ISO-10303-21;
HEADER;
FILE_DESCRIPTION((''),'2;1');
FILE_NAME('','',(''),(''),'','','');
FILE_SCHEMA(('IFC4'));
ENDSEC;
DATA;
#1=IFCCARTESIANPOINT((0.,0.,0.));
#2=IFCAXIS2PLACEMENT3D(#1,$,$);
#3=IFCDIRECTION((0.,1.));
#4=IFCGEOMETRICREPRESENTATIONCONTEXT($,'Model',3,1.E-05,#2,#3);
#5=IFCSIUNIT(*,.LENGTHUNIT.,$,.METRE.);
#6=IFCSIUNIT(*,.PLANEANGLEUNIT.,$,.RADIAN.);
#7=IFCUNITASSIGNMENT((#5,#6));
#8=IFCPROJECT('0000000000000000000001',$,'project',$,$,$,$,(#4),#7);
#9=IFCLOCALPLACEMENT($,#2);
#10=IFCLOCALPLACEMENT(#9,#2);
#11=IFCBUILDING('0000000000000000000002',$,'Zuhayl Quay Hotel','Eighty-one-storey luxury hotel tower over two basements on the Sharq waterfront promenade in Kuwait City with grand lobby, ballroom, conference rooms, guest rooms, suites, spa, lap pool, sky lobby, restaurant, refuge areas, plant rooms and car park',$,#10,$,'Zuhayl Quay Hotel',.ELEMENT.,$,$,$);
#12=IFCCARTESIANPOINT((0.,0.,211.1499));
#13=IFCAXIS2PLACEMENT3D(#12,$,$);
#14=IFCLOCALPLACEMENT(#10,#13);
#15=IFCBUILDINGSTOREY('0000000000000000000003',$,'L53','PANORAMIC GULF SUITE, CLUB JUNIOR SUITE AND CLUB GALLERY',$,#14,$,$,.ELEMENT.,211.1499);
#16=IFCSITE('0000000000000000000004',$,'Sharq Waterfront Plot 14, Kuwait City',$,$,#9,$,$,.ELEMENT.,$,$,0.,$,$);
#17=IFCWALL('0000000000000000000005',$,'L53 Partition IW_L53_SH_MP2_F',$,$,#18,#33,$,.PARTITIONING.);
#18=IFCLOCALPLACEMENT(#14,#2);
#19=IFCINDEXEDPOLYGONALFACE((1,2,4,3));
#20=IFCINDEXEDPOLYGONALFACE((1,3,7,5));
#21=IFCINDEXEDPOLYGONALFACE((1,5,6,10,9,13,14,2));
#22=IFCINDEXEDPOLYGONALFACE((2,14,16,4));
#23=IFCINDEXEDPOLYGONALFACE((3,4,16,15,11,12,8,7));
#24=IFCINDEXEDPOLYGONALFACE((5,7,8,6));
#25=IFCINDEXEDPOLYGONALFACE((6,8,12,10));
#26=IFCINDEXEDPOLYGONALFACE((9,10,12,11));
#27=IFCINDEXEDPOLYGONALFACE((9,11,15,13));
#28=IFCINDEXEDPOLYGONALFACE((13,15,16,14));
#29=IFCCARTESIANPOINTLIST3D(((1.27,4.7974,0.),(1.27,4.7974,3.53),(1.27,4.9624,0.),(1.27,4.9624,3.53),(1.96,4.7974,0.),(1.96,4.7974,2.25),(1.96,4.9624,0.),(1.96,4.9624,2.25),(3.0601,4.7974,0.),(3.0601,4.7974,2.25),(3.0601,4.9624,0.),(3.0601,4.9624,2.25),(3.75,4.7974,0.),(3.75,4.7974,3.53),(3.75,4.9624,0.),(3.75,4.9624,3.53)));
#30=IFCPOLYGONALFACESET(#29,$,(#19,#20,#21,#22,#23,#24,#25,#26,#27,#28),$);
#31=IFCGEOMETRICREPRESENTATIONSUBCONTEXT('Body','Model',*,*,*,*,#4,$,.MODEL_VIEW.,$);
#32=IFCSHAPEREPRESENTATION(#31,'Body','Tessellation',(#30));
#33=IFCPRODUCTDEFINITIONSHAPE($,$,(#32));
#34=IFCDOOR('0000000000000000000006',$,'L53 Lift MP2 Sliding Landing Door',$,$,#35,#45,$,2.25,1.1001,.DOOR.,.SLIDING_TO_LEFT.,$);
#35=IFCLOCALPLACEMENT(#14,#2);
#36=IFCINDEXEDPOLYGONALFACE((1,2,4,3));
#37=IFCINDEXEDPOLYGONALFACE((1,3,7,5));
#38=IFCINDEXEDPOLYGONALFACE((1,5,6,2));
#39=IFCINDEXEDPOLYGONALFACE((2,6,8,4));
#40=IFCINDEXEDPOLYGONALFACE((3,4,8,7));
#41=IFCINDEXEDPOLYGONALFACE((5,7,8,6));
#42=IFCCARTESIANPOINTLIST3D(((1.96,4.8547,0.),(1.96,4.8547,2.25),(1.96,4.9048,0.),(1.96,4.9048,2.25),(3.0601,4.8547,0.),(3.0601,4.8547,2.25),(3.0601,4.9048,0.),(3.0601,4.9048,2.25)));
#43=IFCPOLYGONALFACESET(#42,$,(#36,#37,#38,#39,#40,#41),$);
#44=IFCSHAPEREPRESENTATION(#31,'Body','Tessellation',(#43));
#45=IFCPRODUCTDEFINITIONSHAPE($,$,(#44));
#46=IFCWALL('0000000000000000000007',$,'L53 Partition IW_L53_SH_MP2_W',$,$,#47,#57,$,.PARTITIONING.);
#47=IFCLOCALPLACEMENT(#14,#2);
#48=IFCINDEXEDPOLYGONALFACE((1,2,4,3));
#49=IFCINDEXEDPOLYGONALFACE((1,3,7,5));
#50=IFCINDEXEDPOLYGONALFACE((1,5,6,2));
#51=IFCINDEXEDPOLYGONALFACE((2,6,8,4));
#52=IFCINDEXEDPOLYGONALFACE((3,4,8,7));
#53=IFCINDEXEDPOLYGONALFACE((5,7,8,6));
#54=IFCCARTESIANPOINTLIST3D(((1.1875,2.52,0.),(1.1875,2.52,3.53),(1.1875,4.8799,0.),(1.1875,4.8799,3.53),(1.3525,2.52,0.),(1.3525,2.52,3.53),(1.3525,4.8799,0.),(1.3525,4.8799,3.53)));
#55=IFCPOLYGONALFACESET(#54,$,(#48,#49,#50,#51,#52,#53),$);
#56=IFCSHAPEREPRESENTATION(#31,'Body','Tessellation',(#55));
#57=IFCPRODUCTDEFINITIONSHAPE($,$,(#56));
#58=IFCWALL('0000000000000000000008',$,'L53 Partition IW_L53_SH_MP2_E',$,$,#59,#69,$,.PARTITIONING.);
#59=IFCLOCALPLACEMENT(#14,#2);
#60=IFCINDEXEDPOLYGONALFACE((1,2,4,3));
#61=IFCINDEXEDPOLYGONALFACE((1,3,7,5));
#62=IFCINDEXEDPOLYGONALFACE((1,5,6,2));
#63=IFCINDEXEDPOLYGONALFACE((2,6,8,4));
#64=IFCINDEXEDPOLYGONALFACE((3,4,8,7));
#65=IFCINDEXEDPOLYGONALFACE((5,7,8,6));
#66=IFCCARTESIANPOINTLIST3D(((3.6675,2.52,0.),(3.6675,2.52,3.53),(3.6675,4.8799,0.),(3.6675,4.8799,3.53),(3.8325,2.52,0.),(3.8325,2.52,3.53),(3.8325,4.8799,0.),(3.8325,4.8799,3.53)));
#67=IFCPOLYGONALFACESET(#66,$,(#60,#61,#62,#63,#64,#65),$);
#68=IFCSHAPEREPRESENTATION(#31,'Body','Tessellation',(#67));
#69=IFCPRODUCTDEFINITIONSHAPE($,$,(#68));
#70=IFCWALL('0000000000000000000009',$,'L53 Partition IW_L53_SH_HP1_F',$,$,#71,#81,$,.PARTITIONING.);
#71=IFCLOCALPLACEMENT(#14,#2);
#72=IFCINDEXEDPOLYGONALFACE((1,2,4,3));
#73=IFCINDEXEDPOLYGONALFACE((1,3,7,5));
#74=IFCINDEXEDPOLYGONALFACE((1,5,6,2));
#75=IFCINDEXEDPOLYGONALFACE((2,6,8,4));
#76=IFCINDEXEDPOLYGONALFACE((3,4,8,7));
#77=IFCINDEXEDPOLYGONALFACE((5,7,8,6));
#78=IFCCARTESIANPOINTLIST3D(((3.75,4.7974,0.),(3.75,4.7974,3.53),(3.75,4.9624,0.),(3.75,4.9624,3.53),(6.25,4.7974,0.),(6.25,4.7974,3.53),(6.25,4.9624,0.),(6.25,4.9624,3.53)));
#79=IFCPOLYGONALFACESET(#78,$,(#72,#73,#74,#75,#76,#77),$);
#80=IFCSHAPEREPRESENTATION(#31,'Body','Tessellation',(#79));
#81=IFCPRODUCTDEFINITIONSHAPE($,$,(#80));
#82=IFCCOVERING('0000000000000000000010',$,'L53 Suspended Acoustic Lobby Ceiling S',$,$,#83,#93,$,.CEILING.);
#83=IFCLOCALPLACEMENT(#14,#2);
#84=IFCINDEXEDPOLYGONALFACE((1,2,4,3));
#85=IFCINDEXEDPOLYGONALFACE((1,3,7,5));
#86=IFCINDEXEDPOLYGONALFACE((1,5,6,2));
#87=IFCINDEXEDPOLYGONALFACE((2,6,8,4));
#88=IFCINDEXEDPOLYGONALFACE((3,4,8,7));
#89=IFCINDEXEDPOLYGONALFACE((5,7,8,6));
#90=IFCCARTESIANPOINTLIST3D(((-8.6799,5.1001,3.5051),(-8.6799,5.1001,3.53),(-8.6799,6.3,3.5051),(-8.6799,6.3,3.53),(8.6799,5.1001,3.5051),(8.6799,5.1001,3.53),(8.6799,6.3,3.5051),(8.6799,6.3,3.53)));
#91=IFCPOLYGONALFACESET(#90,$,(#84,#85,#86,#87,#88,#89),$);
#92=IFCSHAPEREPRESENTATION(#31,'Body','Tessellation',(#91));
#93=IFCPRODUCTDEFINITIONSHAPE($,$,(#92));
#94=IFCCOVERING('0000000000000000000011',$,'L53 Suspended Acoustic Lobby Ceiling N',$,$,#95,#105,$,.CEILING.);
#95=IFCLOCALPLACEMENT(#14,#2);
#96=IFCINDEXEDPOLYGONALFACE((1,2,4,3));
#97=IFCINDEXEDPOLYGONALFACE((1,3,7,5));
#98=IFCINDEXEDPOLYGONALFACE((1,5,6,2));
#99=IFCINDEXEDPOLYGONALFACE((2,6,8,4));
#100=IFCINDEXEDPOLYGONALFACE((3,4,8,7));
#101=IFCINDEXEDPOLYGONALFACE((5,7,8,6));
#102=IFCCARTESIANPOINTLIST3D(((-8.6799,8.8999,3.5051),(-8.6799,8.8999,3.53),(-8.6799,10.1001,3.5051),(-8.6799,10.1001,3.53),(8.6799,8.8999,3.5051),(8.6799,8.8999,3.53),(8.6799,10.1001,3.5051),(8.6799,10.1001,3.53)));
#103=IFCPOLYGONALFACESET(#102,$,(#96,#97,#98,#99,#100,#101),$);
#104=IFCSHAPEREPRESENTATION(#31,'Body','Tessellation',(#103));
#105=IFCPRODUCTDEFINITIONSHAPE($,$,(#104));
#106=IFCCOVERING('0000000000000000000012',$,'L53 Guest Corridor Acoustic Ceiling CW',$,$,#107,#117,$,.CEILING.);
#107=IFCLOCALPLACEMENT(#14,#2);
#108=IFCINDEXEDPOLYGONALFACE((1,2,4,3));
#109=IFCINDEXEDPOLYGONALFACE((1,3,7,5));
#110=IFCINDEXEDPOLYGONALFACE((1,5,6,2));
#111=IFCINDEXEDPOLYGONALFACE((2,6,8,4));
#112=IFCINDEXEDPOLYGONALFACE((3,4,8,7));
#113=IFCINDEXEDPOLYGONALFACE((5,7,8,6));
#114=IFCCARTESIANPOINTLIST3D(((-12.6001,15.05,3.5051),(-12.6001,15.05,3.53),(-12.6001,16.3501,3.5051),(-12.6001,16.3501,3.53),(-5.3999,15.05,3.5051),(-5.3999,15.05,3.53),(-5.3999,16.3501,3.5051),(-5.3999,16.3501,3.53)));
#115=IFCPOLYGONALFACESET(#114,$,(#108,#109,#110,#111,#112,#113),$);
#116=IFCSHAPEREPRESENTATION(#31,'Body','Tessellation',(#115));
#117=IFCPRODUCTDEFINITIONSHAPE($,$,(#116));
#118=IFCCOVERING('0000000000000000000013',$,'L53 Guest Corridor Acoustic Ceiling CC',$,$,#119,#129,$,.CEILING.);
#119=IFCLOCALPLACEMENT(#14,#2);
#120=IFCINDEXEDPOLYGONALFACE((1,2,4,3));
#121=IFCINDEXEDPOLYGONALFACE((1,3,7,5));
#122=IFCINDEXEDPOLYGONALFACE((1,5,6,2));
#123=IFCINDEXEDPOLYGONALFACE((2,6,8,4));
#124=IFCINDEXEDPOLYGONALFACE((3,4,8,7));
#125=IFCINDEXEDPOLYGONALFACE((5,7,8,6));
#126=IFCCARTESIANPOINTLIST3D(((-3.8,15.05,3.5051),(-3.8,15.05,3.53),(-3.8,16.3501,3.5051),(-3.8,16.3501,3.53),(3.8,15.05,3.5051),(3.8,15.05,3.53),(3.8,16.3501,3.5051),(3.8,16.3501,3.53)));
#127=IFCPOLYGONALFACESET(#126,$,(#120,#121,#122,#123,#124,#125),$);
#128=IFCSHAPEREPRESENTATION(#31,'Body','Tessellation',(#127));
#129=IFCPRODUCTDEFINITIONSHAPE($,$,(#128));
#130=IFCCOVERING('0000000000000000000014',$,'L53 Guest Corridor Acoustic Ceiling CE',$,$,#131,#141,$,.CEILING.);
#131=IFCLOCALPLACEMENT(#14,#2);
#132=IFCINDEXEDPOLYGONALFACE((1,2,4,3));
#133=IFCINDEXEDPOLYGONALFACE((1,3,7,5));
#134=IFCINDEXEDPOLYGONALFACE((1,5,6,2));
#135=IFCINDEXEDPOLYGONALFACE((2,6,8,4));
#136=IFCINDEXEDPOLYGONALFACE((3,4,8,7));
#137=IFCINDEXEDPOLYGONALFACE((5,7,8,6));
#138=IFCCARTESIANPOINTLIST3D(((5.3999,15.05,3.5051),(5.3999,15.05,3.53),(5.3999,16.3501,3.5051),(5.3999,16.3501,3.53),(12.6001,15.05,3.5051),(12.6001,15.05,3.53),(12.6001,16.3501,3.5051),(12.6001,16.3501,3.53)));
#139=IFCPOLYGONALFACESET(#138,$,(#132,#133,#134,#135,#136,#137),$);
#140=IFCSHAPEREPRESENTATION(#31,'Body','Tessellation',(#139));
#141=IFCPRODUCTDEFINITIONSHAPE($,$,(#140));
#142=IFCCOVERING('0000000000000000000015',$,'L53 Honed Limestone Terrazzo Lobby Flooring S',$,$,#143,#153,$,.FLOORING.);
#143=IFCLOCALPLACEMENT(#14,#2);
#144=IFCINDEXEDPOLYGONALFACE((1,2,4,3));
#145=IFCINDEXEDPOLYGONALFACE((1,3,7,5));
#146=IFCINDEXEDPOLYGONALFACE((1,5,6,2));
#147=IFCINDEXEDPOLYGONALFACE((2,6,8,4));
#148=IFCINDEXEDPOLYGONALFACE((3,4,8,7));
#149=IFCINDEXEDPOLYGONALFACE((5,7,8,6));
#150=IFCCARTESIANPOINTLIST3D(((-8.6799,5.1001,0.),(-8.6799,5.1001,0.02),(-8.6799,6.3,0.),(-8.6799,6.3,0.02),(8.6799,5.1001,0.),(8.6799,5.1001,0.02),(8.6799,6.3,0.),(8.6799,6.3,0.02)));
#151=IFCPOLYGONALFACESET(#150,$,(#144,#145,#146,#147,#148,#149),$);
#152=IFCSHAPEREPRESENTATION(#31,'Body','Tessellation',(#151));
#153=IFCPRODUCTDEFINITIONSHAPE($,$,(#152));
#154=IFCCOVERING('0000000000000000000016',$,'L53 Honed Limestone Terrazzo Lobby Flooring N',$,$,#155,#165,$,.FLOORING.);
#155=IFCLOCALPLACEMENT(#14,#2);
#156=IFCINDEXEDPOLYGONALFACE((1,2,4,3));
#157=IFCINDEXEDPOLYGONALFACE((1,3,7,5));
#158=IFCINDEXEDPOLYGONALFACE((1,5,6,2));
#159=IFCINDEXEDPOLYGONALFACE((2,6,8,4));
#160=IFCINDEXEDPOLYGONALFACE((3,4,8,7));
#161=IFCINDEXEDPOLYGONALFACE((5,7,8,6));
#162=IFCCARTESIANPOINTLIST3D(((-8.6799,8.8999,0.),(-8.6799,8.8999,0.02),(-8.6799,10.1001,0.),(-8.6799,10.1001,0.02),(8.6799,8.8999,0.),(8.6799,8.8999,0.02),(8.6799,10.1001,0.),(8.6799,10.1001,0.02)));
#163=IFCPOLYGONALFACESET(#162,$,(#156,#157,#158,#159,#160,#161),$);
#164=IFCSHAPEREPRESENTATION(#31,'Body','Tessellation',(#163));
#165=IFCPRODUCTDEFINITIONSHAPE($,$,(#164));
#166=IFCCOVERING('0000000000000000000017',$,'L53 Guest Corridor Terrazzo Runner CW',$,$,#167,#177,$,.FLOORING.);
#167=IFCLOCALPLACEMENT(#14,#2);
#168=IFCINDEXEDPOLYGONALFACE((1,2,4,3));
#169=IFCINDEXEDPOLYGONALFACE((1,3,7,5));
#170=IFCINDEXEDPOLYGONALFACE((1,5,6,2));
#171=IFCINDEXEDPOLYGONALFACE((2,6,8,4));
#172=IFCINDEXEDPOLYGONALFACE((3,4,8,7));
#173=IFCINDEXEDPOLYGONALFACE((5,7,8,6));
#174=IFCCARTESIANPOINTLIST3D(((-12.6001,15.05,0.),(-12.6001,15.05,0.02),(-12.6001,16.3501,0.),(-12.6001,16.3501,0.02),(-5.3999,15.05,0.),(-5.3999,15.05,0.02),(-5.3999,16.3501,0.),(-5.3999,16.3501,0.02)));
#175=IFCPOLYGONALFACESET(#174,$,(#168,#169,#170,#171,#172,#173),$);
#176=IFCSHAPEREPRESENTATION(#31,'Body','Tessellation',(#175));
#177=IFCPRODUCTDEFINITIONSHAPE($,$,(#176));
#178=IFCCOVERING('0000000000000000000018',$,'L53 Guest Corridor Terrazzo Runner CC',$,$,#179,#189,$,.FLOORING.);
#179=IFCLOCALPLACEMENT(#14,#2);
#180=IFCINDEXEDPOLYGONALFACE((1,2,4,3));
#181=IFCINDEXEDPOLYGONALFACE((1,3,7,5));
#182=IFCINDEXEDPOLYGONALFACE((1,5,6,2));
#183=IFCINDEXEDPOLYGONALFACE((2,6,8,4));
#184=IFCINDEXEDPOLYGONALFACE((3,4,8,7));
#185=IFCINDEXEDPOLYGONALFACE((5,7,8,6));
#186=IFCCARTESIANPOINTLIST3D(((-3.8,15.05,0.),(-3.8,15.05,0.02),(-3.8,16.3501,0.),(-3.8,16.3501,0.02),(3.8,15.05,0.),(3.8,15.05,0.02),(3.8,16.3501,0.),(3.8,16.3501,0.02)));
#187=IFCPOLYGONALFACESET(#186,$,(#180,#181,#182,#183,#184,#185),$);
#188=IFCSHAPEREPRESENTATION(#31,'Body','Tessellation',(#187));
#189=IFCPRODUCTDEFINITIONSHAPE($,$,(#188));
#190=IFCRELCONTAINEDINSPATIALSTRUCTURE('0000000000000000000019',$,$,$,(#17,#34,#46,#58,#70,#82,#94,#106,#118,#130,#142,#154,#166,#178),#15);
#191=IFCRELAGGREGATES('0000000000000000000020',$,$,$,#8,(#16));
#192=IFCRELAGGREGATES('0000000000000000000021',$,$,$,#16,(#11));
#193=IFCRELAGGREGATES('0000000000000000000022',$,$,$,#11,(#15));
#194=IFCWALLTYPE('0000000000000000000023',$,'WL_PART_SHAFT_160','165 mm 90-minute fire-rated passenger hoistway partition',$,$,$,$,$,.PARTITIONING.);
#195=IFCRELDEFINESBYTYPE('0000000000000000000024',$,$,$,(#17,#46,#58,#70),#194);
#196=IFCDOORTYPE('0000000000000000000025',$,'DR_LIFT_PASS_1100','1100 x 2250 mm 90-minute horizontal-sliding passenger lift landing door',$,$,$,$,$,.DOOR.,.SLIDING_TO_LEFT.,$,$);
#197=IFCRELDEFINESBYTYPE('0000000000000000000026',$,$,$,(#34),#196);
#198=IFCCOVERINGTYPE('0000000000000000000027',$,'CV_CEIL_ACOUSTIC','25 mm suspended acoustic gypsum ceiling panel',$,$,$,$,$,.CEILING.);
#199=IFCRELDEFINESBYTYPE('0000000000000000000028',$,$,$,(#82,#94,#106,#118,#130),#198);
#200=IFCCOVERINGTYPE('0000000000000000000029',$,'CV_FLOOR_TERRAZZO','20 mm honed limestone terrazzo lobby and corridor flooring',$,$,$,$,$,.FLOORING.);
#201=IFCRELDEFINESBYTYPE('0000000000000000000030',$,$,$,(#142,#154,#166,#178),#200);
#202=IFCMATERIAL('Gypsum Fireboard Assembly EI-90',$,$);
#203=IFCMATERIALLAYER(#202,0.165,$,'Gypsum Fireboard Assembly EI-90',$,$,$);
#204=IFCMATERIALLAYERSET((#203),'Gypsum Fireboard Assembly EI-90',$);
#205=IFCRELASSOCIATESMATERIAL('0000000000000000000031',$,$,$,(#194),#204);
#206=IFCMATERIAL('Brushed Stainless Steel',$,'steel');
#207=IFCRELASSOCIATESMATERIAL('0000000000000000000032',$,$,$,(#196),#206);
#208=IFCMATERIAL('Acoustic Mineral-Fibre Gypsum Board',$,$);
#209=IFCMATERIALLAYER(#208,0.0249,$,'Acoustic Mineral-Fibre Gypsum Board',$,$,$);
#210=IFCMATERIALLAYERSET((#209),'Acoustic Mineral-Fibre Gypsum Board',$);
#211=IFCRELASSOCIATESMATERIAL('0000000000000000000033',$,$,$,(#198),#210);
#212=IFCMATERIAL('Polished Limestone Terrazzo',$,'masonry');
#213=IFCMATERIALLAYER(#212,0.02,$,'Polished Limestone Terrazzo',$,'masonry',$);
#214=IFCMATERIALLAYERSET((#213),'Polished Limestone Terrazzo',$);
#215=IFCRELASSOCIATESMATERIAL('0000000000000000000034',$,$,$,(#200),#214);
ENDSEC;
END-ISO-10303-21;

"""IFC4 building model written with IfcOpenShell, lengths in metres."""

from ifc_helpers import new_model, si_unit, direction, frame, frame_2d, origin, place, context, subcontext, project, spatial, polyline, rectangle, outline, extrude, material, layer, layer_set, type_object, element, fill, save


model = new_model("IFC4")

# Units and contexts
model_context = context("Model", 3, precision=1e-05, world=origin(), true_north=direction((0.0, 1.0)))
body_context = subcontext(model_context, "Body", "Model", "MODEL_VIEW")
ifc_project = project(units=[si_unit("LENGTHUNIT", "METRE"), si_unit("PLANEANGLEUNIT", "RADIAN")], contexts=[model_context])

# Site, building, storey
site_placement = place(None, origin())
site = spatial("IfcSite", under=ifc_project, at=site_placement, Name="Sharq Waterfront Plot 14, Kuwait City", CompositionType="ELEMENT", RefElevation=0.0)
building_placement = place(site_placement, origin())
building = spatial("IfcBuilding", under=site, at=building_placement, Name="Zuhayl Quay Hotel", Description="Eighty-one-storey luxury hotel tower over two basements on the Sharq waterfront promenade in Kuwait City with grand lobby, ballroom, conference rooms, guest rooms, suites, spa, lap pool, sky lobby, restaurant, refuge areas, plant rooms and car park", LongName="Zuhayl Quay Hotel", CompositionType="ELEMENT")
storey_placement = place(building_placement, frame((0.0, 0.0, 211.1499)))
storey = spatial("IfcBuildingStorey", under=building, at=storey_placement, Name="L53", Description="PANORAMIC GULF SUITE, CLUB JUNIOR SUITE AND CLUB GALLERY", CompositionType="ELEMENT", Elevation=211.1499)

# Wall, opening, door
ifc_material_1 = material(Name="Gypsum Fireboard Assembly EI-90")
ifc_layer_1 = layer(ifc_material_1, 0.165, Name="Gypsum Fireboard Assembly EI-90")
ifc_layer_set_1 = layer_set([ifc_layer_1], Name="Gypsum Fireboard Assembly EI-90")
wall_type_1 = type_object("IfcWallType", Name="WL_PART_SHAFT_160", Description="165 mm 90-minute fire-rated passenger hoistway partition", PredefinedType="PARTITIONING", material=ifc_layer_set_1)
wall_1_placement = place(storey_placement, frame((1.27, 4.8799, 0.0), z_axis=(0.0, 0.0, 1.0), x_axis=(1.0, 0.0, 0.0)))
wall_1 = element("IfcWall", 1, at=wall_1_placement, inside=storey, type_object=wall_type_1, Name="L53 Partition IW_L53_SH_MP2_F", PredefinedType="PARTITIONING", context=body_context, shape_type="SweptSolid", body=[
    extrude(rectangle(XDim=2.48, YDim=0.165, at=frame_2d((1.24, 0.0))), origin(), (0.0, 0.0, 1.0), 3.53),
])
opening_1_placement = place(wall_1_placement, frame((0.6899, 0.0, 0.0)))
opening_1 = element("IfcOpeningElement", 2, at=opening_1_placement, cuts=wall_1, PredefinedType="OPENING", context=body_context, shape_type="SweptSolid", body=[
    extrude(rectangle(XDim=1.1001, YDim=2.25, at=frame_2d((0.55, 1.125))), frame((0.0, 0.0925, 0.0), z_axis=(0.0, -1.0, 0.0), x_axis=(1.0, 0.0, 0.0)), (0.0, 0.0, 1.0), 0.1851),
])
ifc_material_2 = material(Name="Brushed Stainless Steel", Category="steel")
door_type_1 = type_object("IfcDoorType", Name="DR_LIFT_PASS_1100", Description="1100 x 2250 mm 90-minute horizontal-sliding passenger lift landing door", OperationType="SLIDING_TO_LEFT", PredefinedType="DOOR", material=ifc_material_2)
door_1_placement = place(opening_1_placement, origin())
door_1 = element("IfcDoor", 3, at=door_1_placement, inside=storey, type_object=door_type_1, Name="L53 Lift MP2 Sliding Landing Door", OperationType="SLIDING_TO_LEFT", OverallHeight=2.25, OverallWidth=1.1001, PredefinedType="DOOR", context=body_context, shape_type="SweptSolid", body=[
    extrude(rectangle(XDim=1.1001, YDim=2.25, at=frame_2d((0.55, 1.125))), frame((0.0, 0.0249, 0.0), z_axis=(0.0, -1.0, 0.0), x_axis=(1.0, 0.0, 0.0)), (0.0, 0.0, 1.0), 0.05),
])
fill(opening_1, door_1)

# Walls
for number, where, z_axis, x_axis, name in (
    (4, (1.27, 2.52, 0.0), (0.0, 0.0, 1.0), (0.0, 1.0, 0.0), "L53 Partition IW_L53_SH_MP2_W"),
    (5, (3.75, 2.52, 0.0), (0.0, 0.0, 1.0), (0.0, 1.0, 0.0), "L53 Partition IW_L53_SH_MP2_E"),
):
    element("IfcWall", number, at=place(storey_placement, frame(where, z_axis=z_axis, x_axis=x_axis)), inside=storey, type_object=wall_type_1, Name=name, PredefinedType="PARTITIONING", context=body_context, shape_type="SweptSolid", body=[
        extrude(rectangle(XDim=2.3599, YDim=0.165, at=frame_2d((1.1799, 0.0))), origin(), (0.0, 0.0, 1.0), 3.53),
    ])
wall_2_placement = place(storey_placement, frame((3.75, 4.8799, 0.0), z_axis=(0.0, 0.0, 1.0), x_axis=(1.0, 0.0, 0.0)))
element("IfcWall", 6, at=wall_2_placement, inside=storey, type_object=wall_type_1, Name="L53 Partition IW_L53_SH_HP1_F", PredefinedType="PARTITIONING", context=body_context, shape_type="SweptSolid", body=[
    extrude(rectangle(XDim=2.5, YDim=0.165, at=frame_2d((1.25, 0.0))), origin(), (0.0, 0.0, 1.0), 3.53),
])

# Coverings
ifc_material_3 = material(Name="Acoustic Mineral-Fibre Gypsum Board")
ifc_layer_2 = layer(ifc_material_3, 0.0249, Name="Acoustic Mineral-Fibre Gypsum Board")
ifc_layer_set_2 = layer_set([ifc_layer_2], Name="Acoustic Mineral-Fibre Gypsum Board")
covering_type_1 = type_object("IfcCoveringType", Name="CV_CEIL_ACOUSTIC", Description="25 mm suspended acoustic gypsum ceiling panel", PredefinedType="CEILING", material=ifc_layer_set_2)
covering_1_placement = place(storey_placement, frame((0.0, 0.0, 3.5051)))
element("IfcCovering", 7, at=covering_1_placement, inside=storey, type_object=covering_type_1, Name="L53 Suspended Acoustic Lobby Ceiling S", PredefinedType="CEILING", context=body_context, shape_type="SweptSolid", body=[
    extrude(outline(polyline([(-8.6799, 5.1001), (8.6799, 5.1001), (8.6799, 6.3), (-8.6799, 6.3), (-8.6799, 5.1001)])), origin(), (0.0, 0.0, 1.0), 0.0249),
])
covering_2_placement = place(storey_placement, frame((0.0, 0.0, 3.5051)))
element("IfcCovering", 8, at=covering_2_placement, inside=storey, type_object=covering_type_1, Name="L53 Suspended Acoustic Lobby Ceiling N", PredefinedType="CEILING", context=body_context, shape_type="SweptSolid", body=[
    extrude(outline(polyline([(-8.6799, 8.8999), (8.6799, 8.8999), (8.6799, 10.1001), (-8.6799, 10.1001), (-8.6799, 8.8999)])), origin(), (0.0, 0.0, 1.0), 0.0249),
])
covering_3_placement = place(storey_placement, frame((0.0, 0.0, 3.5051)))
element("IfcCovering", 9, at=covering_3_placement, inside=storey, type_object=covering_type_1, Name="L53 Guest Corridor Acoustic Ceiling CW", PredefinedType="CEILING", context=body_context, shape_type="SweptSolid", body=[
    extrude(outline(polyline([(-12.6001, 15.05), (-5.3999, 15.05), (-5.3999, 16.3501), (-12.6001, 16.3501), (-12.6001, 15.05)])), origin(), (0.0, 0.0, 1.0), 0.0249),
])
covering_4_placement = place(storey_placement, frame((0.0, 0.0, 3.5051)))
element("IfcCovering", 10, at=covering_4_placement, inside=storey, type_object=covering_type_1, Name="L53 Guest Corridor Acoustic Ceiling CC", PredefinedType="CEILING", context=body_context, shape_type="SweptSolid", body=[
    extrude(outline(polyline([(-3.8, 15.05), (3.8, 15.05), (3.8, 16.3501), (-3.8, 16.3501), (-3.8, 15.05)])), origin(), (0.0, 0.0, 1.0), 0.0249),
])
covering_5_placement = place(storey_placement, frame((0.0, 0.0, 3.5051)))
element("IfcCovering", 11, at=covering_5_placement, inside=storey, type_object=covering_type_1, Name="L53 Guest Corridor Acoustic Ceiling CE", PredefinedType="CEILING", context=body_context, shape_type="SweptSolid", body=[
    extrude(outline(polyline([(5.3999, 15.05), (12.6001, 15.05), (12.6001, 16.3501), (5.3999, 16.3501), (5.3999, 15.05)])), origin(), (0.0, 0.0, 1.0), 0.0249),
])
ifc_material_4 = material(Name="Polished Limestone Terrazzo", Category="masonry")
ifc_layer_3 = layer(ifc_material_4, 0.02, Name="Polished Limestone Terrazzo", Category="masonry")
ifc_layer_set_3 = layer_set([ifc_layer_3], Name="Polished Limestone Terrazzo")
covering_type_2 = type_object("IfcCoveringType", Name="CV_FLOOR_TERRAZZO", Description="20 mm honed limestone terrazzo lobby and corridor flooring", PredefinedType="FLOORING", material=ifc_layer_set_3)
covering_6_placement = place(storey_placement, origin())
element("IfcCovering", 12, at=covering_6_placement, inside=storey, type_object=covering_type_2, Name="L53 Honed Limestone Terrazzo Lobby Flooring S", PredefinedType="FLOORING", context=body_context, shape_type="SweptSolid", body=[
    extrude(outline(polyline([(-8.6799, 5.1001), (8.6799, 5.1001), (8.6799, 6.3), (-8.6799, 6.3), (-8.6799, 5.1001)])), origin(), (0.0, 0.0, 1.0), 0.02),
])
covering_7_placement = place(storey_placement, origin())
element("IfcCovering", 13, at=covering_7_placement, inside=storey, type_object=covering_type_2, Name="L53 Honed Limestone Terrazzo Lobby Flooring N", PredefinedType="FLOORING", context=body_context, shape_type="SweptSolid", body=[
    extrude(outline(polyline([(-8.6799, 8.8999), (8.6799, 8.8999), (8.6799, 10.1001), (-8.6799, 10.1001), (-8.6799, 8.8999)])), origin(), (0.0, 0.0, 1.0), 0.02),
])
covering_8_placement = place(storey_placement, origin())
element("IfcCovering", 14, at=covering_8_placement, inside=storey, type_object=covering_type_2, Name="L53 Guest Corridor Terrazzo Runner CW", PredefinedType="FLOORING", context=body_context, shape_type="SweptSolid", body=[
    extrude(outline(polyline([(-12.6001, 15.05), (-5.3999, 15.05), (-5.3999, 16.3501), (-12.6001, 16.3501), (-12.6001, 15.05)])), origin(), (0.0, 0.0, 1.0), 0.02),
])
covering_9_placement = place(storey_placement, origin())
element("IfcCovering", 15, at=covering_9_placement, inside=storey, type_object=covering_type_2, Name="L53 Guest Corridor Terrazzo Runner CC", PredefinedType="FLOORING", context=body_context, shape_type="SweptSolid", body=[
    extrude(outline(polyline([(-3.8, 15.05), (3.8, 15.05), (3.8, 16.3501), (-3.8, 16.3501), (-3.8, 15.05)])), origin(), (0.0, 0.0, 1.0), 0.02),
])

save(model, "model.ifc")
